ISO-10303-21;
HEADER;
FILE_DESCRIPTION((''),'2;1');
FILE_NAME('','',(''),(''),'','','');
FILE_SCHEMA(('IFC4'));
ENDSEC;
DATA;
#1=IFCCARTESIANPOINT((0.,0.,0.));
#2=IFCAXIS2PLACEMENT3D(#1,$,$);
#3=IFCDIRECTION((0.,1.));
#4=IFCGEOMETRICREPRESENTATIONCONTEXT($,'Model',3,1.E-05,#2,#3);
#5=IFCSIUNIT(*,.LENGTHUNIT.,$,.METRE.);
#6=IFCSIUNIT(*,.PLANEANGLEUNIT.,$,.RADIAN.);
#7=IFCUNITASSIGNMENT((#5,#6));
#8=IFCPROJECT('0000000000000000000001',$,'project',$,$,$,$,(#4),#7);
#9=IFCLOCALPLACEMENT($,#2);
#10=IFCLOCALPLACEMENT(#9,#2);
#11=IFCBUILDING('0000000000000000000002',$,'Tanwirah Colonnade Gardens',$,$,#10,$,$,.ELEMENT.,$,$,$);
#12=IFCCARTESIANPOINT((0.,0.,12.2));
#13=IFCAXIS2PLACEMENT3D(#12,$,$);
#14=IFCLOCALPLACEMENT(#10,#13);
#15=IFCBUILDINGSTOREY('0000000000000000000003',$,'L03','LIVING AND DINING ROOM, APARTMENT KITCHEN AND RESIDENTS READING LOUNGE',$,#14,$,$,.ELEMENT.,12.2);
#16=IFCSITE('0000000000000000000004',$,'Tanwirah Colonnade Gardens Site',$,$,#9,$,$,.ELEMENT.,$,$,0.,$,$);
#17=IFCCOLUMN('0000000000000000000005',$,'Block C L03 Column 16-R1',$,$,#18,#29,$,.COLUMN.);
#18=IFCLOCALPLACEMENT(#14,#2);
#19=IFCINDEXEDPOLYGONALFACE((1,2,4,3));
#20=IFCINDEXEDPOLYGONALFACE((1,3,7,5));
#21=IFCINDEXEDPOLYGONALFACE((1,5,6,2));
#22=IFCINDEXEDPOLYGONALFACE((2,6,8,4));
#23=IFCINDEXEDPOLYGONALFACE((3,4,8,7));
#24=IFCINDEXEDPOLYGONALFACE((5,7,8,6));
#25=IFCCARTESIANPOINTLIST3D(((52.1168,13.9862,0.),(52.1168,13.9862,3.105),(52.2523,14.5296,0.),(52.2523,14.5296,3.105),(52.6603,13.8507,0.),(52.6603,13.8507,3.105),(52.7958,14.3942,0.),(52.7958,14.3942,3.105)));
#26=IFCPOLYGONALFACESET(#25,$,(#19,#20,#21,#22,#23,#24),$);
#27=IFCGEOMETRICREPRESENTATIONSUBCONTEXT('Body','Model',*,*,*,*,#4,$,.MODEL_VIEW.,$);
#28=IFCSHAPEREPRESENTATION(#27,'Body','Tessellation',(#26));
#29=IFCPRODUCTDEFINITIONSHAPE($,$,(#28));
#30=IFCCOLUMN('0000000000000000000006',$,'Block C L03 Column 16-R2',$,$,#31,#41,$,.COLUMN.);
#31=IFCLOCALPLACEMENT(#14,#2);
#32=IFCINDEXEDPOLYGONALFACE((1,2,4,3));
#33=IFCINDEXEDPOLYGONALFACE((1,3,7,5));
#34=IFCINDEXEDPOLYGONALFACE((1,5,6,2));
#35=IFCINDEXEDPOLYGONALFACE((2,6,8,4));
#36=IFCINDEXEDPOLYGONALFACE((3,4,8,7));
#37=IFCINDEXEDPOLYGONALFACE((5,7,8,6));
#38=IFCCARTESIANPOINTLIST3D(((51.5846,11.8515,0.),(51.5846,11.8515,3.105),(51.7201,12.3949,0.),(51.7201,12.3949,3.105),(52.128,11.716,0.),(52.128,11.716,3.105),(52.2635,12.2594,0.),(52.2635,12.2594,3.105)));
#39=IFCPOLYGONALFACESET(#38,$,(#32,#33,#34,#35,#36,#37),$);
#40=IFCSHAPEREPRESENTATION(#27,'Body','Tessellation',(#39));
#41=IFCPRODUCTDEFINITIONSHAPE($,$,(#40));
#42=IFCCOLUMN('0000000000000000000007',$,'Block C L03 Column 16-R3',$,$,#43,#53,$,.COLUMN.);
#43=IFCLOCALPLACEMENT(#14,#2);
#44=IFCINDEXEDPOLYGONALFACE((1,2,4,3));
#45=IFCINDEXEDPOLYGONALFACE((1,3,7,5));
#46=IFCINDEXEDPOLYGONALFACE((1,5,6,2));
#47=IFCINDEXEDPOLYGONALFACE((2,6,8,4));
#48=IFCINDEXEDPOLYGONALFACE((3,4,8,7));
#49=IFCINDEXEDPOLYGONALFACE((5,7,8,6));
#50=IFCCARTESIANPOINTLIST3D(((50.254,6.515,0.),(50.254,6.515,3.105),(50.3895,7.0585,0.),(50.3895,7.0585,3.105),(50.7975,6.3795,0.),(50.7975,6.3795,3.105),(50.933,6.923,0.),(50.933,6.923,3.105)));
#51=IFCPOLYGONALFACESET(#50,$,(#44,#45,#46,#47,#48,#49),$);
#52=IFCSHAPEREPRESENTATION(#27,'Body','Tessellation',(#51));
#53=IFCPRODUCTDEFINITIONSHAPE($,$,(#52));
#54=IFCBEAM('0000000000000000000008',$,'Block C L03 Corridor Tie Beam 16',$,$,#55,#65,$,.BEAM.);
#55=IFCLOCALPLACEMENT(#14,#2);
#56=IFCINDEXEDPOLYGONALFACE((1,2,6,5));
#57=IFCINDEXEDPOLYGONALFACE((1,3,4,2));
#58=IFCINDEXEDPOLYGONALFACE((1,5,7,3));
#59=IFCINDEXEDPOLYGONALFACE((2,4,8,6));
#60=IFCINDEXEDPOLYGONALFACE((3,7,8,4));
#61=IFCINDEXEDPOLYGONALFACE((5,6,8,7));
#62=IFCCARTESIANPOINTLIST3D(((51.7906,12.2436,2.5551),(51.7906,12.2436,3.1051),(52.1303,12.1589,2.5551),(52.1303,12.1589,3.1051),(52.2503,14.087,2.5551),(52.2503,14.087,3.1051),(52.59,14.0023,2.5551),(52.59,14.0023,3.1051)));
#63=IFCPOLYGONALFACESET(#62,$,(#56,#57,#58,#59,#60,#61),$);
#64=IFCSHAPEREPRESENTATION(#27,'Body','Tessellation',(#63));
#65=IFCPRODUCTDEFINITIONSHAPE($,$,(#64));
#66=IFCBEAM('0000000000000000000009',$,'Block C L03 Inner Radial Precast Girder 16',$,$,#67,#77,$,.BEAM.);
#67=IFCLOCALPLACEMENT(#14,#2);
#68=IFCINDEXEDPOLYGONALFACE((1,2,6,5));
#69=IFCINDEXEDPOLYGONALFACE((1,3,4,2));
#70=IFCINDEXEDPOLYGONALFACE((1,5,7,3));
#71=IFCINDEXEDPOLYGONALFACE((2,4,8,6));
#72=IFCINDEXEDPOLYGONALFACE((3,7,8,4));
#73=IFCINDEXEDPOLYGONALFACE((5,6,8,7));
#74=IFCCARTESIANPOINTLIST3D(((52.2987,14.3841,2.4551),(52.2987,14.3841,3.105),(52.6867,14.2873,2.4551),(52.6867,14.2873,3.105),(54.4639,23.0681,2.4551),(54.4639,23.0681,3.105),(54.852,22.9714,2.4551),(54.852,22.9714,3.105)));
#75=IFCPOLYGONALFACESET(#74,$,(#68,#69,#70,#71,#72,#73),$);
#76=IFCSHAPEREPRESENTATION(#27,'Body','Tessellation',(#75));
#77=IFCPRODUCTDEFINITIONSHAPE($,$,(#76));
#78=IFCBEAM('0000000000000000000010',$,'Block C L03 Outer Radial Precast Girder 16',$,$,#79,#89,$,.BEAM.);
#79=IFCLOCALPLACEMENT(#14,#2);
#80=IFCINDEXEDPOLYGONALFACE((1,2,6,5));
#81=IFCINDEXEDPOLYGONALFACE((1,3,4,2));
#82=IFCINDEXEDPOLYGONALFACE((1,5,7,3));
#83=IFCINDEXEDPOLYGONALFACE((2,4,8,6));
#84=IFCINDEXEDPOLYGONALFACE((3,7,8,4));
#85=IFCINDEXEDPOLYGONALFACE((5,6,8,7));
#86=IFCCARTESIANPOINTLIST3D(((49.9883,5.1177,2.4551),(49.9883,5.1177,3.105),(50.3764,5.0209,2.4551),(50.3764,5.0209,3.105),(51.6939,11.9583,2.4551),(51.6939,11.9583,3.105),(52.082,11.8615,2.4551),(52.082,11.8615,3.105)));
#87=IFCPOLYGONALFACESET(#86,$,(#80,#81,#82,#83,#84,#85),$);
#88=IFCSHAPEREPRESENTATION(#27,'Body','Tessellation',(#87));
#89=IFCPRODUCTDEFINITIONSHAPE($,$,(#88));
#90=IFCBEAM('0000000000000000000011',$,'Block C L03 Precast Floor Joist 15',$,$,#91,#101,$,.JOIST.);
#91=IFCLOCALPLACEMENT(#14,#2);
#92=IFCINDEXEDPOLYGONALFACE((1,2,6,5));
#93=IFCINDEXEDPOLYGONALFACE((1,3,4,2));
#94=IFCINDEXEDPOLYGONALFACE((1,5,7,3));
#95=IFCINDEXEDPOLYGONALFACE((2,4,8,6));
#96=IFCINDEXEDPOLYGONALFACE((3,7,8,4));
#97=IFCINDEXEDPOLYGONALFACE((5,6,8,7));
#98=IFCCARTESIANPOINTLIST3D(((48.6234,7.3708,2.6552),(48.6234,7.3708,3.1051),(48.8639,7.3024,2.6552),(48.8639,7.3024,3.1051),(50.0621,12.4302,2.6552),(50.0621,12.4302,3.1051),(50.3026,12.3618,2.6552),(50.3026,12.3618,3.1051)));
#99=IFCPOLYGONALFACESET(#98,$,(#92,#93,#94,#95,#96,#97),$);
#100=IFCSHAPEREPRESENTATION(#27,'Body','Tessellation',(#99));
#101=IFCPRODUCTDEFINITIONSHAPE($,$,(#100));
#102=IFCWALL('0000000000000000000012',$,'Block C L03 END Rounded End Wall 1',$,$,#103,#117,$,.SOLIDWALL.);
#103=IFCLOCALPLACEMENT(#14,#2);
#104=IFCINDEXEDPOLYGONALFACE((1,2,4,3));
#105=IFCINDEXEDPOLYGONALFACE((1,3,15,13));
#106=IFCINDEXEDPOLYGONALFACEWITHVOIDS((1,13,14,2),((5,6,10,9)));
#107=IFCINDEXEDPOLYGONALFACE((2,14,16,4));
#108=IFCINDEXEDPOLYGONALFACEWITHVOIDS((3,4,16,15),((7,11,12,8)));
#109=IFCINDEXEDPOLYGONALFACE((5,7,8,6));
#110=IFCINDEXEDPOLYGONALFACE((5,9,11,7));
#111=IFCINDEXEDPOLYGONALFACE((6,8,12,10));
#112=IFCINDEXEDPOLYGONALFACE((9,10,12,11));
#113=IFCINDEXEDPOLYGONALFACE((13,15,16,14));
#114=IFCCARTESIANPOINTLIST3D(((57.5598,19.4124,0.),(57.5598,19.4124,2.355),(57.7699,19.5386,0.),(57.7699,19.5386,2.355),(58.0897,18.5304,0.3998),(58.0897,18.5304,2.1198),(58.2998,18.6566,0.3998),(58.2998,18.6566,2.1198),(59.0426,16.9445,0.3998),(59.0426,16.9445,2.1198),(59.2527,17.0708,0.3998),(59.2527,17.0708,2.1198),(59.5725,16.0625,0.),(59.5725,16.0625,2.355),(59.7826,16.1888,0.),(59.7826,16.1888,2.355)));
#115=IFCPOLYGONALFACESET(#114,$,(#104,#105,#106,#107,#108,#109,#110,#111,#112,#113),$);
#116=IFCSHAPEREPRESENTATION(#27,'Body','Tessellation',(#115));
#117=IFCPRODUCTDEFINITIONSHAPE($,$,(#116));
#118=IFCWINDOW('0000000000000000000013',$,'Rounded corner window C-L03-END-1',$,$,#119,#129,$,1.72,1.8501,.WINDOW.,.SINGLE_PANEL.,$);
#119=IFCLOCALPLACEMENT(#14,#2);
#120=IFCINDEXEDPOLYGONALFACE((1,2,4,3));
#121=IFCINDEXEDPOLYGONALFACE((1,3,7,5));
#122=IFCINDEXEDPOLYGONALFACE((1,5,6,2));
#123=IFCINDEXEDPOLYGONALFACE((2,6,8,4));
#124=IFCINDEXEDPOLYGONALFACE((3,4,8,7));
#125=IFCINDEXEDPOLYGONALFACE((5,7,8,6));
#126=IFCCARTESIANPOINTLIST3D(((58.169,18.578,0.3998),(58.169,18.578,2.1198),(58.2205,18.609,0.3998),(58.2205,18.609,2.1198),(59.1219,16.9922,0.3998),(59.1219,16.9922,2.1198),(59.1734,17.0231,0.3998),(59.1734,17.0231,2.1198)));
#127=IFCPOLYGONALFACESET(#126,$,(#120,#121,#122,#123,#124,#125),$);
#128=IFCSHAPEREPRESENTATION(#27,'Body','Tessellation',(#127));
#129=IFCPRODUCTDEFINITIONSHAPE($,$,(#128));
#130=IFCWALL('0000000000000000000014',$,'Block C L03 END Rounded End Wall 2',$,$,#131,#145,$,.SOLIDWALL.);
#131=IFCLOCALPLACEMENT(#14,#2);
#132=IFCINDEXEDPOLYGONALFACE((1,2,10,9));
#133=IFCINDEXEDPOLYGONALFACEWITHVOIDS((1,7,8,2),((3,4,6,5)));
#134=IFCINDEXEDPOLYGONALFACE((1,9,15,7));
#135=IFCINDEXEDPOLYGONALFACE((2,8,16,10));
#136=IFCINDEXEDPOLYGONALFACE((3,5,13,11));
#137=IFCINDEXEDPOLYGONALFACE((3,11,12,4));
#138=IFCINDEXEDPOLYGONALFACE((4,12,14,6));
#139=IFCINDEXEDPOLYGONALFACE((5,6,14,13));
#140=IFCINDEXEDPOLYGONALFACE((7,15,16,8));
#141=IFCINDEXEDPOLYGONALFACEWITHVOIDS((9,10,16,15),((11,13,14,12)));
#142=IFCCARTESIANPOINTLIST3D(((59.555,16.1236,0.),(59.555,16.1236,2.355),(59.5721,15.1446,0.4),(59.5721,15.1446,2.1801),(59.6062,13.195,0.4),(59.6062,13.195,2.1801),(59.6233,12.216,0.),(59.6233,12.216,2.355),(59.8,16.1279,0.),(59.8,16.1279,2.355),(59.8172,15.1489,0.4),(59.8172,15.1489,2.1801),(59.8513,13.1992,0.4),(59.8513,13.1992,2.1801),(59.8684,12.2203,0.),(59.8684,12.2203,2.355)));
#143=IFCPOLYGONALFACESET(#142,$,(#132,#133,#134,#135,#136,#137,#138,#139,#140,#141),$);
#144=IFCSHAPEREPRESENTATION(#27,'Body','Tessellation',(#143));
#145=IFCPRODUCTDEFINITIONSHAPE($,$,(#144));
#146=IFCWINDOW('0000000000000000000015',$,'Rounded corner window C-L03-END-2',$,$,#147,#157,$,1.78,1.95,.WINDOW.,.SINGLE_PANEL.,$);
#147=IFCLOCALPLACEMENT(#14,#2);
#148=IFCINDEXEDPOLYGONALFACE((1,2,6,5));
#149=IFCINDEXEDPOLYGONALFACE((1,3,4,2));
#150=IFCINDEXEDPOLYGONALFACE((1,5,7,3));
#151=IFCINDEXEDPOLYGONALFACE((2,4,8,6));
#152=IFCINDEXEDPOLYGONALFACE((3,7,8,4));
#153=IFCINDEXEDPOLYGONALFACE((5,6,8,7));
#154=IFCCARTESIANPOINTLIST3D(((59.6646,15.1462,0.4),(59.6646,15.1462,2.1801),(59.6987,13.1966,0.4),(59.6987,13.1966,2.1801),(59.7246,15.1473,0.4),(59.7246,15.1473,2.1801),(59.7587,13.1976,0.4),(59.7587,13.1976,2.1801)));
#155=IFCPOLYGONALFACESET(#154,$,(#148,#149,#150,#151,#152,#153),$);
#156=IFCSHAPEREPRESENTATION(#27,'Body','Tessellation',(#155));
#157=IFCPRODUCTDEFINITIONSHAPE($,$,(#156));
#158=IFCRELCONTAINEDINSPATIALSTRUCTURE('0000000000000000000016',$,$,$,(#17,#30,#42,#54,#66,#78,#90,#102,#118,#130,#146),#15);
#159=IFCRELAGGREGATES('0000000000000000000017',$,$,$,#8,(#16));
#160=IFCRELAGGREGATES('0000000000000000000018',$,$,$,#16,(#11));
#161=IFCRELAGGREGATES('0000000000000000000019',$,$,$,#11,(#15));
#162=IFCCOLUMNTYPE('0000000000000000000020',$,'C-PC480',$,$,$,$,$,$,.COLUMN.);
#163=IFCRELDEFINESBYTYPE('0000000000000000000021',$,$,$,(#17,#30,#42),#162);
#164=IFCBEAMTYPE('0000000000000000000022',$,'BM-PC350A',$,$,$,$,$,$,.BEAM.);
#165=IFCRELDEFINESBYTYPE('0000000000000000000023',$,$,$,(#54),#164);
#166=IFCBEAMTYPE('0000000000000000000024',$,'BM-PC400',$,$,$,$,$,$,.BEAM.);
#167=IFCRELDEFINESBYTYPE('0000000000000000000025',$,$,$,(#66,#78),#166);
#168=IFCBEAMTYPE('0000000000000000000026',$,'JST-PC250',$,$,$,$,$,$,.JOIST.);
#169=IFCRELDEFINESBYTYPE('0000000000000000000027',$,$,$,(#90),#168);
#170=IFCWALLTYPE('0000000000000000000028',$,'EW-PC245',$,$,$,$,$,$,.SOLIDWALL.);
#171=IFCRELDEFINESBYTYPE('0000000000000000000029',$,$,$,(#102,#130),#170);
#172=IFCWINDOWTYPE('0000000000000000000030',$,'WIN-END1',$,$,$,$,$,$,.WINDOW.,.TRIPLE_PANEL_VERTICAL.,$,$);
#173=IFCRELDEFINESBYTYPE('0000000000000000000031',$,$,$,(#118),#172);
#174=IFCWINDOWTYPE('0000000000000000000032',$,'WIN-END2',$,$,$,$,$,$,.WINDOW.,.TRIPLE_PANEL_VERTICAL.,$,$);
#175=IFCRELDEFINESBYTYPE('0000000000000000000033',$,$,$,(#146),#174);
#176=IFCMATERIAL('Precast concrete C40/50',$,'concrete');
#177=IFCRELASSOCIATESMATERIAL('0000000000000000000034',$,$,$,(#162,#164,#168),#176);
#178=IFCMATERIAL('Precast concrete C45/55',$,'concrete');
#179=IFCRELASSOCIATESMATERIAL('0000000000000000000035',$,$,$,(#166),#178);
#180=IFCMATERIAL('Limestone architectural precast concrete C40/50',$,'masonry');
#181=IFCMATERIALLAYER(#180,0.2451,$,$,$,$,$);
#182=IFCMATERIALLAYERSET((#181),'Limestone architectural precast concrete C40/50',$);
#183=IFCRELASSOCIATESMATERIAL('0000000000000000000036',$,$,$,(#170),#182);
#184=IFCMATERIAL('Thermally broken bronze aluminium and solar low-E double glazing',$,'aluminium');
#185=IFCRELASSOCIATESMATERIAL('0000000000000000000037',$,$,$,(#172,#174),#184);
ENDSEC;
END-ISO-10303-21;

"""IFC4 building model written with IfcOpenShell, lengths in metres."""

from ifc_helpers import new_model, si_unit, direction, frame, frame_2d, origin, origin_2d, place, context, subcontext, project, spatial, rectangle, extrude, material, layer, layer_set, material_profile, profile_set, type_object, element, fill, save


model = new_model("IFC4")

# Units and contexts
model_context = context("Model", 3, precision=1e-05, world=origin(), true_north=direction((0.0, 1.0)))
body_context = subcontext(model_context, "Body", "Model", "MODEL_VIEW")
ifc_project = project(units=[si_unit("LENGTHUNIT", "METRE"), si_unit("PLANEANGLEUNIT", "RADIAN")], contexts=[model_context])

# Site, building, storey
site_placement = place(None, origin())
site = spatial("IfcSite", under=ifc_project, at=site_placement, Name="Tanwirah Colonnade Gardens Site", CompositionType="ELEMENT", RefElevation=0.0)
building_placement = place(site_placement, origin())
building = spatial("IfcBuilding", under=site, at=building_placement, Name="Tanwirah Colonnade Gardens", CompositionType="ELEMENT")
storey_placement = place(building_placement, frame((0.0, 0.0, 12.2)))
storey = spatial("IfcBuildingStorey", under=building, at=storey_placement, Name="L03", Description="LIVING AND DINING ROOM, APARTMENT KITCHEN AND RESIDENTS READING LOUNGE", CompositionType="ELEMENT", Elevation=12.2)

# Columns
ifc_material_1 = material(Name="Precast concrete C40/50", Category="concrete")
ifc_material_profile_1 = material_profile(ifc_material_1, rectangle(XDim=0.5601, YDim=0.5601, at=origin_2d()), Name="PC-COL 560x560")
ifc_profile_set_1 = profile_set([ifc_material_profile_1], Name="Precast concrete C40/50")
column_type = type_object("IfcColumnType", Name="C-PC480", PredefinedType="COLUMN", material=ifc_profile_set_1)
for number, where, z_axis, x_axis, name in (
    (1, (52.4563, 14.1902, 0.0), (0.0, 0.0, 1.0), (-0.241922, -0.970296, 0.0), "Block C L03 Column 16-R1"),
    (2, (51.9241, 12.0554, 0.0), (0.0, 0.0, 1.0), (-0.241922, -0.970296, 0.0), "Block C L03 Column 16-R2"),
    (3, (50.5935, 6.719, 0.0), (0.0, 0.0, 1.0), (-0.241922, -0.970296, 0.0), "Block C L03 Column 16-R3"),
):
    element("IfcColumn", number, at=place(storey_placement, frame(where, z_axis=z_axis, x_axis=x_axis)), inside=storey, type_object=column_type, Name=name, PredefinedType="COLUMN", context=body_context, shape_type="SweptSolid", body=[
        extrude(rectangle(XDim=0.5601, YDim=0.5601, at=origin_2d()), origin(), (0.0, 0.0, 1.0), 3.105),
    ])

# Beams
ifc_material_profile_2 = material_profile(ifc_material_1, rectangle(XDim=0.3501, YDim=0.55, at=origin_2d()), Name="PC-BM 350x550")
ifc_profile_set_2 = profile_set([ifc_material_profile_2], Name="Precast concrete C40/50")
beam_type_1 = type_object("IfcBeamType", Name="BM-PC350A", PredefinedType="BEAM", material=ifc_profile_set_2)
beam_1_placement = place(storey_placement, frame((52.4202, 14.0447, 2.8301), z_axis=(-0.241961, -0.970286, 0.0), x_axis=(0.970286, -0.241961, 0.0)))
element("IfcBeam", 4, at=beam_1_placement, inside=storey, type_object=beam_type_1, Name="Block C L03 Corridor Tie Beam 16", PredefinedType="BEAM", context=body_context, shape_type="SweptSolid", body=[
    extrude(rectangle(XDim=0.3501, YDim=0.55, at=origin_2d()), origin(), (0.0, 0.0, 1.0), 1.8999),
])
ifc_material_2 = material(Name="Precast concrete C45/55", Category="concrete")
ifc_material_profile_3 = material_profile(ifc_material_2, rectangle(XDim=0.3999, YDim=0.6499, at=origin_2d()), Name="PC-BM 400x650")
ifc_profile_set_3 = profile_set([ifc_material_profile_3], Name="Precast concrete C45/55")
beam_type_2 = type_object("IfcBeamType", Name="BM-PC400", PredefinedType="BEAM", material=ifc_profile_set_3)
beam_2_placement = place(storey_placement, frame((52.4927, 14.3357, 2.78), z_axis=(0.241932, 0.970293, 0.0), x_axis=(-0.970293, 0.241932, 0.0)))
element("IfcBeam", 5, at=beam_2_placement, inside=storey, type_object=beam_type_2, Name="Block C L03 Inner Radial Precast Girder 16", PredefinedType="BEAM", context=body_context, shape_type="SweptSolid", body=[
    extrude(rectangle(XDim=0.3999, YDim=0.6499, at=origin_2d()), origin(), (0.0, 0.0, 1.0), 8.95),
])
beam_3_placement = place(storey_placement, frame((51.8879, 11.9099, 2.78), z_axis=(-0.241924, -0.970295, 0.0), x_axis=(0.970295, -0.241924, 0.0)))
element("IfcBeam", 6, at=beam_3_placement, inside=storey, type_object=beam_type_2, Name="Block C L03 Outer Radial Precast Girder 16", PredefinedType="BEAM", context=body_context, shape_type="SweptSolid", body=[
    extrude(rectangle(XDim=0.3999, YDim=0.6499, at=origin_2d()), origin(), (0.0, 0.0, 1.0), 7.05),
])
ifc_material_profile_4 = material_profile(ifc_material_1, rectangle(XDim=0.25, YDim=0.45, at=origin_2d()), Name="PC-JST 250x450")
ifc_profile_set_4 = profile_set([ifc_material_profile_4], Name="Precast concrete C40/50")
beam_type_3 = type_object("IfcBeamType", Name="JST-PC250", PredefinedType="JOIST", material=ifc_profile_set_4)
beam_4_placement = place(storey_placement, frame((50.1824, 12.396, 2.8801), z_axis=(-0.273526, -0.961865, 0.0), x_axis=(0.961865, -0.273526, 0.0)))
element("IfcBeam", 7, at=beam_4_placement, inside=storey, type_object=beam_type_3, Name="Block C L03 Precast Floor Joist 15", PredefinedType="JOIST", context=body_context, shape_type="SweptSolid", body=[
    extrude(rectangle(XDim=0.25, YDim=0.45, at=origin_2d()), origin(), (0.0, 0.0, 1.0), 5.26),
])

# Walls, openings, windows
ifc_material_3 = material(Name="Limestone architectural precast concrete C40/50", Category="masonry")
ifc_layer_1 = layer(ifc_material_3, 0.2451)
ifc_layer_set_1 = layer_set([ifc_layer_1], Name="Limestone architectural precast concrete C40/50")
wall_type_1 = type_object("IfcWallType", Name="EW-PC245", PredefinedType="SOLIDWALL", material=ifc_layer_set_1)
wall_1_placement = place(storey_placement, frame((57.6648, 19.4756, 0.0), z_axis=(0.0, 0.0, 1.0), x_axis=(0.515019, -0.857179, 0.0)))
wall_1 = element("IfcWall", 8, at=wall_1_placement, inside=storey, type_object=wall_type_1, Name="Block C L03 END Rounded End Wall 1", PredefinedType="SOLIDWALL", context=body_context, shape_type="SweptSolid", body=[
    extrude(rectangle(XDim=3.908, YDim=0.2451, at=frame_2d((1.9541, 0.0))), origin(), (0.0, 0.0, 1.0), 2.355),
])
opening_1_placement = place(wall_1_placement, frame((1.0291, 0.0, 0.3999)))
opening_1 = element("IfcOpeningElement", 9, at=opening_1_placement, cuts=wall_1, PredefinedType="OPENING", context=body_context, shape_type="SweptSolid", body=[
    extrude(rectangle(XDim=1.8501, YDim=1.72, at=frame_2d((0.925, 0.8599))), frame((0.0, 0.1326, 0.0), z_axis=(0.0, -1.0, 0.0), x_axis=(1.0, 0.0, 0.0)), (0.0, 0.0, 1.0), 0.2651),
])
ifc_material_4 = material(Name="Thermally broken bronze aluminium and solar low-E double glazing", Category="aluminium")
window_type_1 = type_object("IfcWindowType", Name="WIN-END1", PartitioningType="TRIPLE_PANEL_VERTICAL", PredefinedType="WINDOW", material=ifc_material_4)
window_1_placement = place(opening_1_placement, origin())
window_1 = element("IfcWindow", 10, at=window_1_placement, inside=storey, type_object=window_type_1, Name="Rounded corner window C-L03-END-1", OverallHeight=1.72, OverallWidth=1.8501, PartitioningType="SINGLE_PANEL", PredefinedType="WINDOW", context=body_context, shape_type="SweptSolid", body=[
    extrude(rectangle(XDim=1.8501, YDim=1.72, at=frame_2d((0.925, 0.8599))), frame((0.0, 0.03, 0.0), z_axis=(0.0, -1.0, 0.0), x_axis=(1.0, 0.0, 0.0)), (0.0, 0.0, 1.0), 0.0601),
])
fill(opening_1, window_1)
wall_2_placement = place(storey_placement, frame((59.6775, 16.1257, 0.0), z_axis=(0.0, 0.0, 1.0), x_axis=(0.017491, -0.999847, 0.0)))
wall_2 = element("IfcWall", 11, at=wall_2_placement, inside=storey, type_object=wall_type_1, Name="Block C L03 END Rounded End Wall 2", PredefinedType="SOLIDWALL", context=body_context, shape_type="SweptSolid", body=[
    extrude(rectangle(XDim=3.9082, YDim=0.2451, at=frame_2d((1.9541, 0.0))), origin(), (0.0, 0.0, 1.0), 2.355),
])
opening_2_placement = place(wall_2_placement, frame((0.979, 0.0, 0.3999)))
opening_2 = element("IfcOpeningElement", 12, at=opening_2_placement, cuts=wall_2, PredefinedType="OPENING", context=body_context, shape_type="SweptSolid", body=[
    extrude(rectangle(XDim=1.95, YDim=1.78, at=frame_2d((0.9751, 0.8901))), frame((0.0, 0.1326, 0.0), z_axis=(0.0, -1.0, 0.0), x_axis=(1.0, 0.0, 0.0)), (0.0, 0.0, 1.0), 0.2651),
])
window_type_2 = type_object("IfcWindowType", Name="WIN-END2", PartitioningType="TRIPLE_PANEL_VERTICAL", PredefinedType="WINDOW", material=ifc_material_4)
window_2_placement = place(opening_2_placement, origin())
window_2 = element("IfcWindow", 13, at=window_2_placement, inside=storey, type_object=window_type_2, Name="Rounded corner window C-L03-END-2", OverallHeight=1.78, OverallWidth=1.95, PartitioningType="SINGLE_PANEL", PredefinedType="WINDOW", context=body_context, shape_type="SweptSolid", body=[
    extrude(rectangle(XDim=1.95, YDim=1.78, at=frame_2d((0.9751, 0.8901))), frame((0.0, 0.03, 0.0), z_axis=(0.0, -1.0, 0.0), x_axis=(1.0, 0.0, 0.0)), (0.0, 0.0, 1.0), 0.0601),
])
fill(opening_2, window_2)

save(model, "model.ifc")
